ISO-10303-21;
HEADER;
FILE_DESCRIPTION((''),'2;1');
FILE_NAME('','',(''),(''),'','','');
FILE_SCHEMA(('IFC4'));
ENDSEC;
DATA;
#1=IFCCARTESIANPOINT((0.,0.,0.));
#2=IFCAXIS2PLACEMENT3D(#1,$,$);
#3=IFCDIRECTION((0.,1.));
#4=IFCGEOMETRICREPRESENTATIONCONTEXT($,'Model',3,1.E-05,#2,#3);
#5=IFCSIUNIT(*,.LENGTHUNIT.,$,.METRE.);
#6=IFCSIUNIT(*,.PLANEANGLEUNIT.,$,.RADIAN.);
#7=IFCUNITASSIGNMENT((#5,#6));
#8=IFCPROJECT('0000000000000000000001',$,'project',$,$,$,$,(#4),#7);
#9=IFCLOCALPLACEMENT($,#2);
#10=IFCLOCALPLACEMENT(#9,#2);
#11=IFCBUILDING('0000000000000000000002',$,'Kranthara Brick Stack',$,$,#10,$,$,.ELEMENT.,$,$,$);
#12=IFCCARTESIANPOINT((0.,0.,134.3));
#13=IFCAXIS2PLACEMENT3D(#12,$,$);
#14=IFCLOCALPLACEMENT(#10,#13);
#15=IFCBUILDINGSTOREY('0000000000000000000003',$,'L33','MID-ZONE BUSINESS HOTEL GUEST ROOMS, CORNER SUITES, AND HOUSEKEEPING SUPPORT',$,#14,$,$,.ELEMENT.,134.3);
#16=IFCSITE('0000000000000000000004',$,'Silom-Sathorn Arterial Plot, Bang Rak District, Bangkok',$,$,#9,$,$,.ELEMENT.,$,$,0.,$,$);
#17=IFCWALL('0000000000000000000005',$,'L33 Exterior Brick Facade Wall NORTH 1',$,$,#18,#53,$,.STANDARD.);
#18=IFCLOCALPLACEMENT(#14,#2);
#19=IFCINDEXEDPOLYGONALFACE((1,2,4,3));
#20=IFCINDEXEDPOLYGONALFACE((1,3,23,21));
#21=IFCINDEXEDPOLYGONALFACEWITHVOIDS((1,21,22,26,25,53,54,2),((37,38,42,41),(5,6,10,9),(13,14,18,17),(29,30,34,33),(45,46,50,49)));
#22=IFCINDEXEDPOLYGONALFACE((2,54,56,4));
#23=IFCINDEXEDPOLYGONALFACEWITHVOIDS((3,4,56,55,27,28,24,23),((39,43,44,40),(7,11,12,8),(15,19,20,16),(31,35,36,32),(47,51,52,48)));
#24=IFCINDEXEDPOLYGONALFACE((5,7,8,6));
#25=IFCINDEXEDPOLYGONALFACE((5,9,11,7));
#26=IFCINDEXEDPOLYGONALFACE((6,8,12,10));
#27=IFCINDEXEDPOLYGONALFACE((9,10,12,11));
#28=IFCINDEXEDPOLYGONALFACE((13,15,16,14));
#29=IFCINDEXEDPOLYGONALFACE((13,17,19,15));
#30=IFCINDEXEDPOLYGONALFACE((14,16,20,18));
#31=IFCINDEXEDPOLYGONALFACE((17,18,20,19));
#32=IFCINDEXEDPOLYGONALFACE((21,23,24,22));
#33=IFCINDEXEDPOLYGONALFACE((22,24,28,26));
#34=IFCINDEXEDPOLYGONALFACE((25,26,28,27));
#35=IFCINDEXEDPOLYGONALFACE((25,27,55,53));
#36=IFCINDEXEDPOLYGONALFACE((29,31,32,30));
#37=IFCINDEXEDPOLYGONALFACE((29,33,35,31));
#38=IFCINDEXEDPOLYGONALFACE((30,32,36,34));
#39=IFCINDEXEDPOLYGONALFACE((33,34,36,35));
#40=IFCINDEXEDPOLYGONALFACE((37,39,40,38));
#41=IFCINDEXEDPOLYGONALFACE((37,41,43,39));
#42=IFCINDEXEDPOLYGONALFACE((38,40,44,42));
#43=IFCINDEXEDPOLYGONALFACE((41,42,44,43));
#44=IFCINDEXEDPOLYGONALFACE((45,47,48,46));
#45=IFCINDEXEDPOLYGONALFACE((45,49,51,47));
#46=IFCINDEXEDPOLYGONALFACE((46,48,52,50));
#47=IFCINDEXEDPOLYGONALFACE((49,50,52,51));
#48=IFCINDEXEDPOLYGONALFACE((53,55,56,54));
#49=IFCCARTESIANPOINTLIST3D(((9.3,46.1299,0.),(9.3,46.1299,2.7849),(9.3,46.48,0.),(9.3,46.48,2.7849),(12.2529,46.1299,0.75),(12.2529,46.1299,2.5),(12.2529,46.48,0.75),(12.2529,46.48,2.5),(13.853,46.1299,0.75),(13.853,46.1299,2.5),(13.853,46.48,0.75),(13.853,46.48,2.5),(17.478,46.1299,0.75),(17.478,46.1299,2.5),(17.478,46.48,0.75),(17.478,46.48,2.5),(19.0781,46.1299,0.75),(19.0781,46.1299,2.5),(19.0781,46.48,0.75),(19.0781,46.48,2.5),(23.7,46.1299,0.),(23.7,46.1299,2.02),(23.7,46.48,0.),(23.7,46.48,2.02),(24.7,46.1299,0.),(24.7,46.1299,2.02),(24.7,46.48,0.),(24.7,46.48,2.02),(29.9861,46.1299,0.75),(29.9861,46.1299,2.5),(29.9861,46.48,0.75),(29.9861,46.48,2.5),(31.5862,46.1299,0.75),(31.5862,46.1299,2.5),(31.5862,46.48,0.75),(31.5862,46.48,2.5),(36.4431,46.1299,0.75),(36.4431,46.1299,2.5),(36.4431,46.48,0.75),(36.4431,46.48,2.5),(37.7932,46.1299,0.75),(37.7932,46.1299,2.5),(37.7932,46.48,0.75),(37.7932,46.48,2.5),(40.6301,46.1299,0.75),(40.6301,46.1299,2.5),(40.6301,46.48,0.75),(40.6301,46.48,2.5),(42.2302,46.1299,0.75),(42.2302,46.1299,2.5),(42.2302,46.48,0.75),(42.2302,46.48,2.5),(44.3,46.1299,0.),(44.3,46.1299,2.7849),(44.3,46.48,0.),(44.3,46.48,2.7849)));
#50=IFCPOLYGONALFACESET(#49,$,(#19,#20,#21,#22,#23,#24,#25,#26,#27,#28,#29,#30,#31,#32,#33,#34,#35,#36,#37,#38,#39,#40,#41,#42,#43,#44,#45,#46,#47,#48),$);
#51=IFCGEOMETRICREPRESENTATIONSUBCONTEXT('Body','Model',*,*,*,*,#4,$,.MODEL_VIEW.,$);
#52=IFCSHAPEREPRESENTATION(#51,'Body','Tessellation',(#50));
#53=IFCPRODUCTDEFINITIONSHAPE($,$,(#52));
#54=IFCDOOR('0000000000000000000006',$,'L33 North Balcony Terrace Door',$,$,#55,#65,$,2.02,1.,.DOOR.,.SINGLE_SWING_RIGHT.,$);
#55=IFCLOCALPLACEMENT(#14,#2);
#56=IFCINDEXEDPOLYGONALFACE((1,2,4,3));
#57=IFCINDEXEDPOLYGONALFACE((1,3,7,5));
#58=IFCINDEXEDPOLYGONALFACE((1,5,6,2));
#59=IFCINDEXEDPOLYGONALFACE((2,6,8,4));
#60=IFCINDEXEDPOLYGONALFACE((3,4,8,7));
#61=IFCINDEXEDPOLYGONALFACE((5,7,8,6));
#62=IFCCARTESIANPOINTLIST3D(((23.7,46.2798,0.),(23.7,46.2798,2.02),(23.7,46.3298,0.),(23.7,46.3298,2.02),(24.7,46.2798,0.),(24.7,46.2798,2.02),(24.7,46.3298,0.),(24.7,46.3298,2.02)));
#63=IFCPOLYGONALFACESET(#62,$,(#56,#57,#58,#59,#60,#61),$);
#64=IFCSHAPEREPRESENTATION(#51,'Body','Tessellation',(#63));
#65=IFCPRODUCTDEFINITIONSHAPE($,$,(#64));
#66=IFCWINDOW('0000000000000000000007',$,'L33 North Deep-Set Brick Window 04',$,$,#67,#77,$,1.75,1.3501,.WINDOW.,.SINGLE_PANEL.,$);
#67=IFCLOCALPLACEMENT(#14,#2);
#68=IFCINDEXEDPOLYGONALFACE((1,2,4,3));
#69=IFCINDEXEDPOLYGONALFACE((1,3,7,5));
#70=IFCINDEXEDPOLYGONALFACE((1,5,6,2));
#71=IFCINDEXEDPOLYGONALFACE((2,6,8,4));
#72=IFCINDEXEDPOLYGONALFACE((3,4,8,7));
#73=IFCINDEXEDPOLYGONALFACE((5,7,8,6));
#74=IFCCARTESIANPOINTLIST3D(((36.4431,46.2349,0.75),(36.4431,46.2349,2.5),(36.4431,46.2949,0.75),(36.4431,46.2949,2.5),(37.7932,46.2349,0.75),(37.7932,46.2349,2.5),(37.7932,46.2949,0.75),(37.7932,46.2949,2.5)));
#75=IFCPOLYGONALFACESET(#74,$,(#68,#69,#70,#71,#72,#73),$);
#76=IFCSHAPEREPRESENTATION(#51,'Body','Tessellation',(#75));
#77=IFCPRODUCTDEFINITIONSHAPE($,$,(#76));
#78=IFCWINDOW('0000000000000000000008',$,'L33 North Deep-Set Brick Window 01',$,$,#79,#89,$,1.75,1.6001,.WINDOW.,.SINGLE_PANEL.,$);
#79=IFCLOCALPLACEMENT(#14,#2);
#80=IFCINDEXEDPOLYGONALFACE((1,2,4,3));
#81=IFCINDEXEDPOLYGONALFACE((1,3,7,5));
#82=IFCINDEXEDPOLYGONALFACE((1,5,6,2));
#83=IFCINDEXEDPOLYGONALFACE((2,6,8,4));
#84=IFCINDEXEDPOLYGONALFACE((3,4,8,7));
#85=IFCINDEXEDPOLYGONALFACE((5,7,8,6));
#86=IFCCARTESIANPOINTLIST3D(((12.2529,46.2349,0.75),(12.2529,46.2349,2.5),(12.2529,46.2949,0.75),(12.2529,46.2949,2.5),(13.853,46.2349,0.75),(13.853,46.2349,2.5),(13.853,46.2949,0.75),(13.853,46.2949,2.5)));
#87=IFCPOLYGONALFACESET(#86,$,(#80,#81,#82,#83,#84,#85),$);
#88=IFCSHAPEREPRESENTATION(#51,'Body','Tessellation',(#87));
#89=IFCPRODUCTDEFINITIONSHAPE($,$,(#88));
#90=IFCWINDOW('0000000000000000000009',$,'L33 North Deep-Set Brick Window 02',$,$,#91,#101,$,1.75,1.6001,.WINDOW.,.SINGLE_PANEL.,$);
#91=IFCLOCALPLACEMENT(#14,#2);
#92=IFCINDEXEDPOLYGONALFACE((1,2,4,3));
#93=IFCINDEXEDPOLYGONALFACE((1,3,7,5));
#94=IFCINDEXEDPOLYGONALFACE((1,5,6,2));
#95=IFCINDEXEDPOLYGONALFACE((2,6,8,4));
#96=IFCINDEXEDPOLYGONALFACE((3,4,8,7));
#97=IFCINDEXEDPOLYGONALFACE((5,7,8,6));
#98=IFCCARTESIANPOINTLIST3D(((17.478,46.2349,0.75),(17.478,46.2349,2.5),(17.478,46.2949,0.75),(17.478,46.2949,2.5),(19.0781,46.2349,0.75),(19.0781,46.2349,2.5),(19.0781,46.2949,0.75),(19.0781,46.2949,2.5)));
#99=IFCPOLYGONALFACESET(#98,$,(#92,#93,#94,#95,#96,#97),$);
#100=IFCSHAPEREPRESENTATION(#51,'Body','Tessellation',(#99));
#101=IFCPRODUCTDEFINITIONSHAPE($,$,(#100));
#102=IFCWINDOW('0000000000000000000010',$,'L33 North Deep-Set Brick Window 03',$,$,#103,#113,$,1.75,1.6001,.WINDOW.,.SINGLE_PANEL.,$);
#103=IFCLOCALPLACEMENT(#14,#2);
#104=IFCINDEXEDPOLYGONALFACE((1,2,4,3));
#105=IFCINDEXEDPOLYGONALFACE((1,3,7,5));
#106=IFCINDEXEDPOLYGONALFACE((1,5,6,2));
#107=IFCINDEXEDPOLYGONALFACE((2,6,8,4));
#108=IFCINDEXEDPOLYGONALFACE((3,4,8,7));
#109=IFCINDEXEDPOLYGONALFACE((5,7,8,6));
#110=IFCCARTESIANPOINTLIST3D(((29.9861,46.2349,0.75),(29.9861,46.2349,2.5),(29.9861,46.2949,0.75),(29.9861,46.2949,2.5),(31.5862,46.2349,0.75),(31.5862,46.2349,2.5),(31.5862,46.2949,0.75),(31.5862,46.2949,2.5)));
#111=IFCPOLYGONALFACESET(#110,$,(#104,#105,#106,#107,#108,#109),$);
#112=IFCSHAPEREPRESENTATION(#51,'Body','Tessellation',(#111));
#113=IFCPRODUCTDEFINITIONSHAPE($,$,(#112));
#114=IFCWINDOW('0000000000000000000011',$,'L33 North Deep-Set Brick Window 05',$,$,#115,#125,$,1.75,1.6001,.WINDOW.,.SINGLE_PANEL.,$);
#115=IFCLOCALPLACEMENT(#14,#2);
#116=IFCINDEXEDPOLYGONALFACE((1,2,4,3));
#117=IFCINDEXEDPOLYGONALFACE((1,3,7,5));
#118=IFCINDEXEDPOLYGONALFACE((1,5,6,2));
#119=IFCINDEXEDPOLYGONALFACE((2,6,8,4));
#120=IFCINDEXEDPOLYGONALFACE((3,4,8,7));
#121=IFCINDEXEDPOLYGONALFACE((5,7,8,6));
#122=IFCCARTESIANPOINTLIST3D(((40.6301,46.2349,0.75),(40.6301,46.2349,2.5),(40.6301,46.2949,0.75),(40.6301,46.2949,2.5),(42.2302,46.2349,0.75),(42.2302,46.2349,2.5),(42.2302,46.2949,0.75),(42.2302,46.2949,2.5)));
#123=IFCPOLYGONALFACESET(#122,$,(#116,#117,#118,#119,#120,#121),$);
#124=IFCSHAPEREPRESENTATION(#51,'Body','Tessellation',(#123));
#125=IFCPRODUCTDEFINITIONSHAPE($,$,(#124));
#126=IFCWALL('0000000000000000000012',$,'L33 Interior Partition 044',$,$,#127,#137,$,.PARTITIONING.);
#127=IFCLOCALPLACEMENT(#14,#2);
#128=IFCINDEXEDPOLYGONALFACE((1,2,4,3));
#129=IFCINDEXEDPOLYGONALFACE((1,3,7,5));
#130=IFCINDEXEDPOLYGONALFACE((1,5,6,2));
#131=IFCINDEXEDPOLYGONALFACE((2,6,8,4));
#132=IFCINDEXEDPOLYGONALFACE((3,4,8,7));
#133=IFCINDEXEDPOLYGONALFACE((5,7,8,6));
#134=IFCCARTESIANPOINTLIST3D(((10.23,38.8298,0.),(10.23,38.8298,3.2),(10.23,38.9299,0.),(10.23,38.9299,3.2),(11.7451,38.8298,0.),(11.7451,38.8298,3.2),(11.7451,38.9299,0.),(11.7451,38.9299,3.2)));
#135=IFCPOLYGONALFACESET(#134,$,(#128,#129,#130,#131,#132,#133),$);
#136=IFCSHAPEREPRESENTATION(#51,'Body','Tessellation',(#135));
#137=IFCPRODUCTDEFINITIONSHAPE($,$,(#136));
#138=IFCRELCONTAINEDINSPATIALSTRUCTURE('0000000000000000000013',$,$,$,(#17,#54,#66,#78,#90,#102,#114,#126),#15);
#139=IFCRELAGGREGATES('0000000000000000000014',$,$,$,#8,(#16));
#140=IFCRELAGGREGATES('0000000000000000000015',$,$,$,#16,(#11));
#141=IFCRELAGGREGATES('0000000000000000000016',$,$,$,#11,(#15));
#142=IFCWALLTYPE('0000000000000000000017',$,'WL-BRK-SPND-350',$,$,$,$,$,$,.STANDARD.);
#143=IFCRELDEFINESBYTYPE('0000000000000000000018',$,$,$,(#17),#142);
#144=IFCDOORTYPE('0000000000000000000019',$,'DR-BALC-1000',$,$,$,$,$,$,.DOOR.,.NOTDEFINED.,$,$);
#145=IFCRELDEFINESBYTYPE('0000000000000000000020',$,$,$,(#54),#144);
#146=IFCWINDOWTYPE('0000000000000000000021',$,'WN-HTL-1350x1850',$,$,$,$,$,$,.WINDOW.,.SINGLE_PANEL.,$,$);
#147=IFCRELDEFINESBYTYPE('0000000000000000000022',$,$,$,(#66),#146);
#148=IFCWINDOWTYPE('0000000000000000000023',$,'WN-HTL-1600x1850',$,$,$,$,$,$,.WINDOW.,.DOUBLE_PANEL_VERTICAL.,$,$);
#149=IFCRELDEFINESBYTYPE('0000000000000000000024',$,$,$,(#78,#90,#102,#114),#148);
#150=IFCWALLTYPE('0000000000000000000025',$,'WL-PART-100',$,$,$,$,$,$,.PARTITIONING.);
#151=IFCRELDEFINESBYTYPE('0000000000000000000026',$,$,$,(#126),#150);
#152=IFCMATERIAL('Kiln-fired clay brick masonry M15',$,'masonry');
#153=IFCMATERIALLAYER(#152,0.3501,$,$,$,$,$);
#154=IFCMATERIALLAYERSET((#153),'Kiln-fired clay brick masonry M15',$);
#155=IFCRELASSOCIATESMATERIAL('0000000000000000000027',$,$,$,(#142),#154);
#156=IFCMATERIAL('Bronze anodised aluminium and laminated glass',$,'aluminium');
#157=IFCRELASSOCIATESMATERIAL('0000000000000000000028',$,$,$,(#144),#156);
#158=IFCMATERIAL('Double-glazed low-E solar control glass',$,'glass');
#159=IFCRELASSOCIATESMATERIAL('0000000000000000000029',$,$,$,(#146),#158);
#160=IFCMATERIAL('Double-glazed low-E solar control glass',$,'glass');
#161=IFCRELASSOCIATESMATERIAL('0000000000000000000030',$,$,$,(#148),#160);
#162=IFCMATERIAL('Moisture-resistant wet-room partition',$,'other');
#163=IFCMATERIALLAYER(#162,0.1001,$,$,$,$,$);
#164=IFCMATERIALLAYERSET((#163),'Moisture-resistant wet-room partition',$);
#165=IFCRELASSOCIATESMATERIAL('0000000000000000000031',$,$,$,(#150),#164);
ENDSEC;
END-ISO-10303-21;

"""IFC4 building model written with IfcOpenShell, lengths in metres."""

from ifc_helpers import new_model, si_unit, direction, frame, frame_2d, origin, place, context, subcontext, project, spatial, rectangle, extrude, material, layer, layer_set, type_object, element, fill, save


model = new_model("IFC4")

# Units and contexts
model_context = context("Model", 3, precision=1e-05, world=origin(), true_north=direction((0.0, 1.0)))
body_context = subcontext(model_context, "Body", "Model", "MODEL_VIEW")
ifc_project = project(units=[si_unit("LENGTHUNIT", "METRE"), si_unit("PLANEANGLEUNIT", "RADIAN")], contexts=[model_context])

# Site, building, storey
site_placement = place(None, origin())
site = spatial("IfcSite", under=ifc_project, at=site_placement, Name="Silom-Sathorn Arterial Plot, Bang Rak District, Bangkok", CompositionType="ELEMENT", RefElevation=0.0)
building_placement = place(site_placement, origin())
building = spatial("IfcBuilding", under=site, at=building_placement, Name="Kranthara Brick Stack", CompositionType="ELEMENT")
storey_placement = place(building_placement, frame((0.0, 0.0, 134.3)))
storey = spatial("IfcBuildingStorey", under=building, at=storey_placement, Name="L33", Description="MID-ZONE BUSINESS HOTEL GUEST ROOMS, CORNER SUITES, AND HOUSEKEEPING SUPPORT", CompositionType="ELEMENT", Elevation=134.3)

# Shared definitions
ifc_material_1 = material(Name="Kiln-fired clay brick masonry M15", Category="masonry")
ifc_layer_1 = layer(ifc_material_1, 0.3501)
ifc_layer_set_1 = layer_set([ifc_layer_1], Name="Kiln-fired clay brick masonry M15")
wall_type_1 = type_object("IfcWallType", Name="WL-BRK-SPND-350", PredefinedType="STANDARD", material=ifc_layer_set_1)

# Wall, openings, door, windows
wall_1_placement = place(storey_placement, frame((9.3, 46.3049, 0.0), z_axis=(0.0, 0.0, 1.0), x_axis=(1.0, 0.0, 0.0)))
wall_1 = element("IfcWall", 1, at=wall_1_placement, inside=storey, type_object=wall_type_1, Name="L33 Exterior Brick Facade Wall NORTH 1", PredefinedType="STANDARD", context=body_context, shape_type="SweptSolid", body=[
    extrude(rectangle(XDim=35.0, YDim=0.3501, at=frame_2d((17.5, 0.0))), origin(), (0.0, 0.0, 1.0), 2.7849),
])
opening_1_placement = place(wall_1_placement, frame((14.3999, 0.0, 0.0)))
opening_1 = element("IfcOpeningElement", 2, at=opening_1_placement, cuts=wall_1, PredefinedType="OPENING", context=body_context, shape_type="SweptSolid", body=[
    extrude(rectangle(XDim=1.0, YDim=2.02, at=frame_2d((0.5, 1.01))), frame((0.0, 0.1851, 0.0), z_axis=(0.0, -1.0, 0.0), x_axis=(1.0, 0.0, 0.0)), (0.0, 0.0, 1.0), 0.3701),
])
opening_2_placement = place(wall_1_placement, frame((2.9529, 0.0, 0.75)))
opening_2 = element("IfcOpeningElement", 3, at=opening_2_placement, cuts=wall_1, PredefinedType="OPENING", context=body_context, shape_type="SweptSolid", body=[
    extrude(rectangle(XDim=1.6001, YDim=1.75, at=frame_2d((0.8, 0.875))), frame((0.0, 0.1851, 0.0), z_axis=(0.0, -1.0, 0.0), x_axis=(1.0, 0.0, 0.0)), (0.0, 0.0, 1.0), 0.3701),
])
opening_3_placement = place(wall_1_placement, frame((8.178, 0.0, 0.75)))
opening_3 = element("IfcOpeningElement", 4, at=opening_3_placement, cuts=wall_1, PredefinedType="OPENING", context=body_context, shape_type="SweptSolid", body=[
    extrude(rectangle(XDim=1.6001, YDim=1.75, at=frame_2d((0.8, 0.875))), frame((0.0, 0.1851, 0.0), z_axis=(0.0, -1.0, 0.0), x_axis=(1.0, 0.0, 0.0)), (0.0, 0.0, 1.0), 0.3701),
])
opening_4_placement = place(wall_1_placement, frame((20.686, 0.0, 0.75)))
opening_4 = element("IfcOpeningElement", 5, at=opening_4_placement, cuts=wall_1, PredefinedType="OPENING", context=body_context, shape_type="SweptSolid", body=[
    extrude(rectangle(XDim=1.6001, YDim=1.75, at=frame_2d((0.8, 0.875))), frame((0.0, 0.1851, 0.0), z_axis=(0.0, -1.0, 0.0), x_axis=(1.0, 0.0, 0.0)), (0.0, 0.0, 1.0), 0.3701),
])
opening_5_placement = place(wall_1_placement, frame((27.1431, 0.0, 0.75)))
opening_5 = element("IfcOpeningElement", 6, at=opening_5_placement, cuts=wall_1, PredefinedType="OPENING", context=body_context, shape_type="SweptSolid", body=[
    extrude(rectangle(XDim=1.3501, YDim=1.75, at=frame_2d((0.675, 0.875))), frame((0.0, 0.1851, 0.0), z_axis=(0.0, -1.0, 0.0), x_axis=(1.0, 0.0, 0.0)), (0.0, 0.0, 1.0), 0.3701),
])
opening_6_placement = place(wall_1_placement, frame((31.3301, 0.0, 0.75)))
opening_6 = element("IfcOpeningElement", 7, at=opening_6_placement, cuts=wall_1, PredefinedType="OPENING", context=body_context, shape_type="SweptSolid", body=[
    extrude(rectangle(XDim=1.6001, YDim=1.75, at=frame_2d((0.8, 0.875))), frame((0.0, 0.1851, 0.0), z_axis=(0.0, -1.0, 0.0), x_axis=(1.0, 0.0, 0.0)), (0.0, 0.0, 1.0), 0.3701),
])
ifc_material_2 = material(Name="Bronze anodised aluminium and laminated glass", Category="aluminium")
door_type_1 = type_object("IfcDoorType", Name="DR-BALC-1000", OperationType="NOTDEFINED", PredefinedType="DOOR", material=ifc_material_2)
door_1_placement = place(opening_1_placement, origin())
door_1 = element("IfcDoor", 8, at=door_1_placement, inside=storey, type_object=door_type_1, Name="L33 North Balcony Terrace Door", OperationType="SINGLE_SWING_RIGHT", OverallHeight=2.02, OverallWidth=1.0, PredefinedType="DOOR", context=body_context, shape_type="SweptSolid", body=[
    extrude(rectangle(XDim=1.0, YDim=2.02, at=frame_2d((0.5, 1.01))), frame((0.0, 0.0249, 0.0), z_axis=(0.0, -1.0, 0.0), x_axis=(1.0, 0.0, 0.0)), (0.0, 0.0, 1.0), 0.05),
])
fill(opening_1, door_1)
ifc_material_3 = material(Name="Double-glazed low-E solar control glass", Category="glass")
window_type_1 = type_object("IfcWindowType", Name="WN-HTL-1350x1850", PartitioningType="SINGLE_PANEL", PredefinedType="WINDOW", material=ifc_material_3)
window_1_placement = place(opening_5_placement, origin())
window_1 = element("IfcWindow", 9, at=window_1_placement, inside=storey, type_object=window_type_1, Name="L33 North Deep-Set Brick Window 04", OverallHeight=1.75, OverallWidth=1.3501, PartitioningType="SINGLE_PANEL", PredefinedType="WINDOW", context=body_context, shape_type="SweptSolid", body=[
    extrude(rectangle(XDim=1.3501, YDim=1.75, at=frame_2d((0.675, 0.875))), frame((0.0, -0.01, 0.0), z_axis=(0.0, -1.0, 0.0), x_axis=(1.0, 0.0, 0.0)), (0.0, 0.0, 1.0), 0.0601),
])
fill(opening_5, window_1)
ifc_material_4 = material(Name="Double-glazed low-E solar control glass", Category="glass")
window_type_2 = type_object("IfcWindowType", Name="WN-HTL-1600x1850", PartitioningType="DOUBLE_PANEL_VERTICAL", PredefinedType="WINDOW", material=ifc_material_4)
window_2_placement = place(opening_2_placement, origin())
window_2 = element("IfcWindow", 10, at=window_2_placement, inside=storey, type_object=window_type_2, Name="L33 North Deep-Set Brick Window 01", OverallHeight=1.75, OverallWidth=1.6001, PartitioningType="SINGLE_PANEL", PredefinedType="WINDOW", context=body_context, shape_type="SweptSolid", body=[
    extrude(rectangle(XDim=1.6001, YDim=1.75, at=frame_2d((0.8, 0.875))), frame((0.0, -0.01, 0.0), z_axis=(0.0, -1.0, 0.0), x_axis=(1.0, 0.0, 0.0)), (0.0, 0.0, 1.0), 0.0601),
])
fill(opening_2, window_2)
window_3_placement = place(opening_3_placement, origin())
window_3 = element("IfcWindow", 11, at=window_3_placement, inside=storey, type_object=window_type_2, Name="L33 North Deep-Set Brick Window 02", OverallHeight=1.75, OverallWidth=1.6001, PartitioningType="SINGLE_PANEL", PredefinedType="WINDOW", context=body_context, shape_type="SweptSolid", body=[
    extrude(rectangle(XDim=1.6001, YDim=1.75, at=frame_2d((0.8, 0.875))), frame((0.0, -0.01, 0.0), z_axis=(0.0, -1.0, 0.0), x_axis=(1.0, 0.0, 0.0)), (0.0, 0.0, 1.0), 0.0601),
])
fill(opening_3, window_3)
window_4_placement = place(opening_4_placement, origin())
window_4 = element("IfcWindow", 12, at=window_4_placement, inside=storey, type_object=window_type_2, Name="L33 North Deep-Set Brick Window 03", OverallHeight=1.75, OverallWidth=1.6001, PartitioningType="SINGLE_PANEL", PredefinedType="WINDOW", context=body_context, shape_type="SweptSolid", body=[
    extrude(rectangle(XDim=1.6001, YDim=1.75, at=frame_2d((0.8, 0.875))), frame((0.0, -0.01, 0.0), z_axis=(0.0, -1.0, 0.0), x_axis=(1.0, 0.0, 0.0)), (0.0, 0.0, 1.0), 0.0601),
])
fill(opening_4, window_4)
window_5_placement = place(opening_6_placement, origin())
window_5 = element("IfcWindow", 13, at=window_5_placement, inside=storey, type_object=window_type_2, Name="L33 North Deep-Set Brick Window 05", OverallHeight=1.75, OverallWidth=1.6001, PartitioningType="SINGLE_PANEL", PredefinedType="WINDOW", context=body_context, shape_type="SweptSolid", body=[
    extrude(rectangle(XDim=1.6001, YDim=1.75, at=frame_2d((0.8, 0.875))), frame((0.0, -0.01, 0.0), z_axis=(0.0, -1.0, 0.0), x_axis=(1.0, 0.0, 0.0)), (0.0, 0.0, 1.0), 0.0601),
])
fill(opening_6, window_5)

# Wall
ifc_material_5 = material(Name="Moisture-resistant wet-room partition", Category="other")
ifc_layer_2 = layer(ifc_material_5, 0.1001)
ifc_layer_set_2 = layer_set([ifc_layer_2], Name="Moisture-resistant wet-room partition")
wall_type_2 = type_object("IfcWallType", Name="WL-PART-100", PredefinedType="PARTITIONING", material=ifc_layer_set_2)
wall_2_placement = place(storey_placement, frame((10.23, 38.8799, 0.0), z_axis=(0.0, 0.0, 1.0), x_axis=(1.0, 0.0, 0.0)))
element("IfcWall", 14, at=wall_2_placement, inside=storey, type_object=wall_type_2, Name="L33 Interior Partition 044", PredefinedType="PARTITIONING", context=body_context, shape_type="SweptSolid", body=[
    extrude(rectangle(XDim=1.5151, YDim=0.1001, at=frame_2d((0.7576, 0.0))), origin(), (0.0, 0.0, 1.0), 3.2),
])

save(model, "model.ifc")
